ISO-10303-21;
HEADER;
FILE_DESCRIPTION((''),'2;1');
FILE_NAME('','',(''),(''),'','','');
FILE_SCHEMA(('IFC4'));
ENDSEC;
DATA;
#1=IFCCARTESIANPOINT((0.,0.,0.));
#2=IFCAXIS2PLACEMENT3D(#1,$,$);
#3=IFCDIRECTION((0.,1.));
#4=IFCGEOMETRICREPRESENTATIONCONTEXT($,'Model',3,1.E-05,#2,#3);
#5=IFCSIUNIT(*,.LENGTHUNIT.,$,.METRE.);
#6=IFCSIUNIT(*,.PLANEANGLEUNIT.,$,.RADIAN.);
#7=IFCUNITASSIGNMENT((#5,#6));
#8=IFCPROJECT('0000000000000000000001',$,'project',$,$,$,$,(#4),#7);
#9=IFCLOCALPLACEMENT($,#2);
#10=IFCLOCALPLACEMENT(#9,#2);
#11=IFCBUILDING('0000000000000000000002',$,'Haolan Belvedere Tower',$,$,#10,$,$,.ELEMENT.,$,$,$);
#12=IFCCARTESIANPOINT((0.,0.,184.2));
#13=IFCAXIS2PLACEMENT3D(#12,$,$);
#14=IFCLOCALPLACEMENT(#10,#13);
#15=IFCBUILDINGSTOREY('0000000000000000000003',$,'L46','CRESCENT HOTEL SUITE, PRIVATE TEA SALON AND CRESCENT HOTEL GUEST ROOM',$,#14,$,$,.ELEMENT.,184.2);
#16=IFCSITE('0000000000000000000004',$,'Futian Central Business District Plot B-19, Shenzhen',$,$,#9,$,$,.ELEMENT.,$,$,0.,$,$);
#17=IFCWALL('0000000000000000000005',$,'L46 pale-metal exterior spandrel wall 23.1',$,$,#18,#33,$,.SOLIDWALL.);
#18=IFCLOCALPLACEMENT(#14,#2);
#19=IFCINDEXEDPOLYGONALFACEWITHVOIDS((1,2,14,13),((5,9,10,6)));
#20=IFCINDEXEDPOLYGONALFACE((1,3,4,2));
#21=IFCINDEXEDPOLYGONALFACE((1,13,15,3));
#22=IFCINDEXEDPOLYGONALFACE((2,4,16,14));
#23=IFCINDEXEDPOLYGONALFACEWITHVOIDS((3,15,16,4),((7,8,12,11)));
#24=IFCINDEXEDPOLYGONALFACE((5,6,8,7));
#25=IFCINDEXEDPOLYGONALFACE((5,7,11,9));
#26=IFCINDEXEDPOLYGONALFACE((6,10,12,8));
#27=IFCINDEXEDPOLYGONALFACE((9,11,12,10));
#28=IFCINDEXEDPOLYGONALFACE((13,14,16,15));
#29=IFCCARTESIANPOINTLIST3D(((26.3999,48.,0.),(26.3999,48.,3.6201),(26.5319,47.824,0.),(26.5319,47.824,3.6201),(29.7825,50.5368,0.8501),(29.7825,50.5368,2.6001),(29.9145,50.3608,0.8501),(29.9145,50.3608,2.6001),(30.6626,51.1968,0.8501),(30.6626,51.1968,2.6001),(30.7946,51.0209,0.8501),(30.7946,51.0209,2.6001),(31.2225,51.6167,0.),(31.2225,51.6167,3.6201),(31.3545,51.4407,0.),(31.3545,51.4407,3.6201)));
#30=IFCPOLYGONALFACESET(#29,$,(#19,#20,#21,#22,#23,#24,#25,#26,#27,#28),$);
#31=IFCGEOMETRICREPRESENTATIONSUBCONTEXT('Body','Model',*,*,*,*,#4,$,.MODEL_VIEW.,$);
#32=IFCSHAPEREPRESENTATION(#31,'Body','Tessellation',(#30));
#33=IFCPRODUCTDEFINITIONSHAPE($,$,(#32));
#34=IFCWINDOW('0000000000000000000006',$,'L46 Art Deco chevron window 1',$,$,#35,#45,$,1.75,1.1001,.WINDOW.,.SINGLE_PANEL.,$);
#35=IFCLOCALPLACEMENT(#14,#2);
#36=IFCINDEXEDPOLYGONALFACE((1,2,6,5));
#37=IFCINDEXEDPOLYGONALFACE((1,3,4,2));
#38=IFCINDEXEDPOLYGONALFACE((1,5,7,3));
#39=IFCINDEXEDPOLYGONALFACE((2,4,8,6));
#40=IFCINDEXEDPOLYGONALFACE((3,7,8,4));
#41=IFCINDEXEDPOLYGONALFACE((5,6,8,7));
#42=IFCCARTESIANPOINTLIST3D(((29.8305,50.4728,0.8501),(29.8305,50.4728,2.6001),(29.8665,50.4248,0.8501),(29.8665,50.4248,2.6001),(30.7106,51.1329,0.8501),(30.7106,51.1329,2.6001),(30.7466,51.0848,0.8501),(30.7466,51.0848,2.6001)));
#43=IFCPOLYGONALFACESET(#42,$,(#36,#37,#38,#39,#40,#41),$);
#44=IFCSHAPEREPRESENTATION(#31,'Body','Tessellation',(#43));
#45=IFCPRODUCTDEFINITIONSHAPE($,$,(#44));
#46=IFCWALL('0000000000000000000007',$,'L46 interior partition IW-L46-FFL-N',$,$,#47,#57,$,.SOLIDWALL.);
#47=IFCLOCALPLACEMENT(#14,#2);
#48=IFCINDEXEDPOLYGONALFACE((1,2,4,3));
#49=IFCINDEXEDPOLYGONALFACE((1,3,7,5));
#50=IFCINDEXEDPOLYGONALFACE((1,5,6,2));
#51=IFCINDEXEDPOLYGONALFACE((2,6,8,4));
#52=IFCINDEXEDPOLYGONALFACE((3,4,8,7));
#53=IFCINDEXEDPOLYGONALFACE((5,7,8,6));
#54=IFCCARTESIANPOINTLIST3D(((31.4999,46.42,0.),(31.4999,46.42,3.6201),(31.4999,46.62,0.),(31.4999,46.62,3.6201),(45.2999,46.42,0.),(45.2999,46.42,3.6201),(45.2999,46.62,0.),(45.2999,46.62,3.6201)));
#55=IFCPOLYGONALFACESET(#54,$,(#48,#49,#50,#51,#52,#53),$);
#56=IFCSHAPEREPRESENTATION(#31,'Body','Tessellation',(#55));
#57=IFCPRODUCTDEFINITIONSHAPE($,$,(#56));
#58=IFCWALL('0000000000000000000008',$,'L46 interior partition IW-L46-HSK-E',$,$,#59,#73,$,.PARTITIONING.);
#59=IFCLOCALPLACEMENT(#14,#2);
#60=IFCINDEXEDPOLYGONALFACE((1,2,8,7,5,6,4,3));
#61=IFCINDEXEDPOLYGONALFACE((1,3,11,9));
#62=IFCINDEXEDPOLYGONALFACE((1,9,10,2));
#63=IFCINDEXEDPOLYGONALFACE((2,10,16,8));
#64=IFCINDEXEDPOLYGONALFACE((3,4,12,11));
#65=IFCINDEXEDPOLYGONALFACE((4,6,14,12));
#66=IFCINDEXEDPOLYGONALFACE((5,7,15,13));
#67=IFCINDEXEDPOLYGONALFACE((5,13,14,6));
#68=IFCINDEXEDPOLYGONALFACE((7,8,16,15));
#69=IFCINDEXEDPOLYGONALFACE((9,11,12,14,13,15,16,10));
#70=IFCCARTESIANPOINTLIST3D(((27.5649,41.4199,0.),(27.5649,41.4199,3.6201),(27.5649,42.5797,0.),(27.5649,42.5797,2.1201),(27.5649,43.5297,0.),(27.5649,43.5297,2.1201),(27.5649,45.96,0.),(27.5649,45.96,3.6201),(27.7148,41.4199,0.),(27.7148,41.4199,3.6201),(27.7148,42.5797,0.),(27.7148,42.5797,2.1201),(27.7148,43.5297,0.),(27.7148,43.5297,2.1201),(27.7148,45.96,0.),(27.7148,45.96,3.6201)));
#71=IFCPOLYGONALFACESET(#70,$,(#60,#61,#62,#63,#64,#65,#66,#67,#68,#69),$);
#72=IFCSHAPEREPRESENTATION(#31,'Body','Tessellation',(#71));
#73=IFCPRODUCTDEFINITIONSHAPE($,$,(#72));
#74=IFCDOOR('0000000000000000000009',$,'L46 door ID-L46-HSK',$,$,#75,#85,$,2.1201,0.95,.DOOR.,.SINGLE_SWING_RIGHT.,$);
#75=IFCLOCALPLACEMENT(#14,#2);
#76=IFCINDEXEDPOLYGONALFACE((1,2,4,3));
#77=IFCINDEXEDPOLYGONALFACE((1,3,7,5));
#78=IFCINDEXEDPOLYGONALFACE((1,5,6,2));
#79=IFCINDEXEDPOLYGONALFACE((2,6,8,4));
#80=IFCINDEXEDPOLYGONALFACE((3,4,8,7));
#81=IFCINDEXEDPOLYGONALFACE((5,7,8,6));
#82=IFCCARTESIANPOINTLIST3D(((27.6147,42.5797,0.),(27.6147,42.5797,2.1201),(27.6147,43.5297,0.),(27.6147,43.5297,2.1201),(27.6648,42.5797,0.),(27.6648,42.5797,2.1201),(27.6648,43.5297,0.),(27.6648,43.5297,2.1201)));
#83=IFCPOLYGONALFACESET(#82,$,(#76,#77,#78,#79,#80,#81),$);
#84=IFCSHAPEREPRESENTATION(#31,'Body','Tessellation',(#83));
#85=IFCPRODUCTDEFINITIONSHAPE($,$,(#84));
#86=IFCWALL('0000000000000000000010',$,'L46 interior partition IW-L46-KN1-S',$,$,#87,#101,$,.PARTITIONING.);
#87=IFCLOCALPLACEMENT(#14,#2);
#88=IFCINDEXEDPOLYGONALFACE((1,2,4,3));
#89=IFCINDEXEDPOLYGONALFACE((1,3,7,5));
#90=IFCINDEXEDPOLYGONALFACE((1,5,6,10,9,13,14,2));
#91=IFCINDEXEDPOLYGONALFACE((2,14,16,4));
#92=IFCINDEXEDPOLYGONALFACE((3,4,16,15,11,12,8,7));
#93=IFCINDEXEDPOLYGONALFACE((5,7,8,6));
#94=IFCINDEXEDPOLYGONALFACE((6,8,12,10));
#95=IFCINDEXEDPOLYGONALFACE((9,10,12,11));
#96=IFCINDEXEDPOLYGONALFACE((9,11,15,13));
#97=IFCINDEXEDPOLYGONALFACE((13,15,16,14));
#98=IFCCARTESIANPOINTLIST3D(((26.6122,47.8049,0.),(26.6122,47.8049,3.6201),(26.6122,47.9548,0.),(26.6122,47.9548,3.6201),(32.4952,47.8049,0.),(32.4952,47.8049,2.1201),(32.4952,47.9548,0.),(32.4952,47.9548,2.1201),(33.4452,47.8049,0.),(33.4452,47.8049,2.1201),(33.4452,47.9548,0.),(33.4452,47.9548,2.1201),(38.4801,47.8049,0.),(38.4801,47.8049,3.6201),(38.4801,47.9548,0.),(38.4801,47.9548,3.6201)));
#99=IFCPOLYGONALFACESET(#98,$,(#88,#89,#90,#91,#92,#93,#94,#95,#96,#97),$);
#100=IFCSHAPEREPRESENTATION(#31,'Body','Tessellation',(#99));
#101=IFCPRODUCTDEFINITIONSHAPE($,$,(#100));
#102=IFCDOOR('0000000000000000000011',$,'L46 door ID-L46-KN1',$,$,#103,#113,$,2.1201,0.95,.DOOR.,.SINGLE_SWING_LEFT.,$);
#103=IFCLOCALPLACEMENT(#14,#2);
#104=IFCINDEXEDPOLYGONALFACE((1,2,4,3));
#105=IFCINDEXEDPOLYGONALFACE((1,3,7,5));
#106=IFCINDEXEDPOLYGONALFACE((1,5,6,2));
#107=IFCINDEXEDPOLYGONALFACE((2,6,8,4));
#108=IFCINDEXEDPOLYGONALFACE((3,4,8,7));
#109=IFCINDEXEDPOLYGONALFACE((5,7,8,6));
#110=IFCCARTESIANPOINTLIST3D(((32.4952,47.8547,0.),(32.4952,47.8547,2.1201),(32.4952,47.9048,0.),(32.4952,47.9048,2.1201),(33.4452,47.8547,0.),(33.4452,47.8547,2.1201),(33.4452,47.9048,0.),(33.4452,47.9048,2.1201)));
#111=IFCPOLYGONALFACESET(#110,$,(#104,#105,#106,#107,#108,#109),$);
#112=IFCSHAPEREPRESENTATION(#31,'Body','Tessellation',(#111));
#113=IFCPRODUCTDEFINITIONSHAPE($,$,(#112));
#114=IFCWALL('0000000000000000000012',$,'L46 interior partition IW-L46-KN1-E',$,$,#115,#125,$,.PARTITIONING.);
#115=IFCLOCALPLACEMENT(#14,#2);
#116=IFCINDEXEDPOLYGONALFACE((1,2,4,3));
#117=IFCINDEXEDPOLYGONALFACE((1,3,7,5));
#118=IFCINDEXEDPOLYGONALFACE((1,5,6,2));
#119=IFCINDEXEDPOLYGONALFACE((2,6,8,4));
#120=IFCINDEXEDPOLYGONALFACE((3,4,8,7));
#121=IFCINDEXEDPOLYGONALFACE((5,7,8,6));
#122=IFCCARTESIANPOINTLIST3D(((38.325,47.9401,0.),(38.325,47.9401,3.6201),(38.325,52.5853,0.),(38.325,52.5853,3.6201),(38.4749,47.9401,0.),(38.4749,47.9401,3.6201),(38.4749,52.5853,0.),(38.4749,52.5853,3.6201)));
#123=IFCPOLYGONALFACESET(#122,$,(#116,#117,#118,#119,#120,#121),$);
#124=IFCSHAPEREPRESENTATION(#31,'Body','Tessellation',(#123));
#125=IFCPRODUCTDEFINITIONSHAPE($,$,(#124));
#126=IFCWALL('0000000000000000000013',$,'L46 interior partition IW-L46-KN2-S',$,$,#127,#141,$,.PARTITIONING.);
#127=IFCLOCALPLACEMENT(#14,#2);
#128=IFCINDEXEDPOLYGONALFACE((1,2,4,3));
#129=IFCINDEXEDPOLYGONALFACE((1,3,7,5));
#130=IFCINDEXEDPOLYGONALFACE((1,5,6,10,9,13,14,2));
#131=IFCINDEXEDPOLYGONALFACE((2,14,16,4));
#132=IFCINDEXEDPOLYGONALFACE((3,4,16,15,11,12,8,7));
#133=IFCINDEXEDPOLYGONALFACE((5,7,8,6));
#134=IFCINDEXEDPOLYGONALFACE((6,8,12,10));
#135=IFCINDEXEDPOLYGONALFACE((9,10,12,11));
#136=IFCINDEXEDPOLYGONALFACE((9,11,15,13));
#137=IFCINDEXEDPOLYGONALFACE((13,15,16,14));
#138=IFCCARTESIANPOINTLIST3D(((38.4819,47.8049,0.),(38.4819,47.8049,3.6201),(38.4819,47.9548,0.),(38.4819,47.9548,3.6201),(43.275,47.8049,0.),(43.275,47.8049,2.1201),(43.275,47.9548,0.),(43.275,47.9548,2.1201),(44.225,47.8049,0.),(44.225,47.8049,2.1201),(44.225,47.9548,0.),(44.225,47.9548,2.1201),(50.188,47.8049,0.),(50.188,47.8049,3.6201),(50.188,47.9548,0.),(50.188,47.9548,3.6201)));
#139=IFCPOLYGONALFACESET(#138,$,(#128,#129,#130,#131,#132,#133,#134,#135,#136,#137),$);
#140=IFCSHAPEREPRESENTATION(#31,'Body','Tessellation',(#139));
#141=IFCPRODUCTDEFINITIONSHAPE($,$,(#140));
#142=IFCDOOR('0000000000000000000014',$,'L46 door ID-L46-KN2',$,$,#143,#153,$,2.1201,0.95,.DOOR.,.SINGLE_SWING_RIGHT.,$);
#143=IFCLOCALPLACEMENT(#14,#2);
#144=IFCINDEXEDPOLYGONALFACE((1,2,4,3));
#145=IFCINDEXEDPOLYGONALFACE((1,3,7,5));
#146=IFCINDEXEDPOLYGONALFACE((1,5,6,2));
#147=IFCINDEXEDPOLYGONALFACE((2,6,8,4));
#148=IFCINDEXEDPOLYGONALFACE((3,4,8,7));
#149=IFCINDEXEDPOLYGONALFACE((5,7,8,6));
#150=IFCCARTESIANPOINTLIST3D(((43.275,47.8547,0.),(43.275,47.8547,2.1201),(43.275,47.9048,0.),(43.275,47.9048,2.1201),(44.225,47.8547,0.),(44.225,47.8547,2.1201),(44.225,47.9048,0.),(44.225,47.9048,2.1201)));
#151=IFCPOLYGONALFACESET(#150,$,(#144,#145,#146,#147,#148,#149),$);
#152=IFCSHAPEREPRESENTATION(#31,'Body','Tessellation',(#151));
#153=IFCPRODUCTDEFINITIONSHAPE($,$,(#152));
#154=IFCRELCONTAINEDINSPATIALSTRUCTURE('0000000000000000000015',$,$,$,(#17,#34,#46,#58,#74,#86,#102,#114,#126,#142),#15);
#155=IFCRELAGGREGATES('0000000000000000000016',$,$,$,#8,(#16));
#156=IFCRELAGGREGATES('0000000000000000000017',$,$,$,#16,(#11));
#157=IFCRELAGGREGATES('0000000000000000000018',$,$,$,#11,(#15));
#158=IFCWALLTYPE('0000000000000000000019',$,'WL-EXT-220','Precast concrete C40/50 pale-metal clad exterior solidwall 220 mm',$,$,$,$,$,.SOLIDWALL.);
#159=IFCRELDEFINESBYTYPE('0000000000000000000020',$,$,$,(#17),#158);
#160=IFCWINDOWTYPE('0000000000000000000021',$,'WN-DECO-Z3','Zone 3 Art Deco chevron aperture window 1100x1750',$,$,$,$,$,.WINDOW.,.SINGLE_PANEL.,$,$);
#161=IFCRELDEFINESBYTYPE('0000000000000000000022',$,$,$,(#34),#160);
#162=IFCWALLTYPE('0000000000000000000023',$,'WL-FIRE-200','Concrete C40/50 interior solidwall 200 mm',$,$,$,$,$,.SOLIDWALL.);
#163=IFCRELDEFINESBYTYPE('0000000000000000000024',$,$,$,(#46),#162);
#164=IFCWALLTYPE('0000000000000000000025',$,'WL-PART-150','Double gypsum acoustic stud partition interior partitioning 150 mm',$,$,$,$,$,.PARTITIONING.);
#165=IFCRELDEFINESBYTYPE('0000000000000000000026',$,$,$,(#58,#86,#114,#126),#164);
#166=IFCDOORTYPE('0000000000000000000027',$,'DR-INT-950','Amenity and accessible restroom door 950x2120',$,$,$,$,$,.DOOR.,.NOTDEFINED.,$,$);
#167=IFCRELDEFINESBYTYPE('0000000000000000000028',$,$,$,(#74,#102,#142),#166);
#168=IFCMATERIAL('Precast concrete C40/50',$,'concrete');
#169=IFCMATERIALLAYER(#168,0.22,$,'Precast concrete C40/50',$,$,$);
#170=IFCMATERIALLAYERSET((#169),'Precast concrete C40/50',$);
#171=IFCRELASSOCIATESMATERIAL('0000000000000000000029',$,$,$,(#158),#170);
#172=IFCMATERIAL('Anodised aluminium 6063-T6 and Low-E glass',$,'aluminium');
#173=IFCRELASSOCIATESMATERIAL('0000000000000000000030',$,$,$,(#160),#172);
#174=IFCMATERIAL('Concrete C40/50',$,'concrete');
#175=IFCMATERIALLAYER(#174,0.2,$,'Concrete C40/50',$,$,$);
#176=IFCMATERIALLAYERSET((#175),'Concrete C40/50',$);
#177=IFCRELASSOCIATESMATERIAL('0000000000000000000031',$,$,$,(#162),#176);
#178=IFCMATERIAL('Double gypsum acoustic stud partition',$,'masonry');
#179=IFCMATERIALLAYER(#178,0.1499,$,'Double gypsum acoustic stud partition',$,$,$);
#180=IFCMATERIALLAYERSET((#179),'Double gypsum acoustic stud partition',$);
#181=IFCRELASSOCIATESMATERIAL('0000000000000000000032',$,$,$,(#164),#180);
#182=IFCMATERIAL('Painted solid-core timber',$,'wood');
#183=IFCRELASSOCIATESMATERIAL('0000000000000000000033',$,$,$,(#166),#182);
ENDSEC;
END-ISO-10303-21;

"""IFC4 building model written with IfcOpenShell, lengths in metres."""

from ifc_helpers import new_model, si_unit, direction, frame, frame_2d, origin, place, context, subcontext, project, spatial, rectangle, extrude, material, layer, layer_set, type_object, element, fill, save


model = new_model("IFC4")

# Units and contexts
model_context = context("Model", 3, precision=1e-05, world=origin(), true_north=direction((0.0, 1.0)))
body_context = subcontext(model_context, "Body", "Model", "MODEL_VIEW")
ifc_project = project(units=[si_unit("LENGTHUNIT", "METRE"), si_unit("PLANEANGLEUNIT", "RADIAN")], contexts=[model_context])

# Site, building, storey
site_placement = place(None, origin())
site = spatial("IfcSite", under=ifc_project, at=site_placement, Name="Futian Central Business District Plot B-19, Shenzhen", CompositionType="ELEMENT", RefElevation=0.0)
building_placement = place(site_placement, origin())
building = spatial("IfcBuilding", under=site, at=building_placement, Name="Haolan Belvedere Tower", CompositionType="ELEMENT")
storey_placement = place(building_placement, frame((0.0, 0.0, 184.2)))
storey = spatial("IfcBuildingStorey", under=building, at=storey_placement, Name="L46", Description="CRESCENT HOTEL SUITE, PRIVATE TEA SALON AND CRESCENT HOTEL GUEST ROOM", CompositionType="ELEMENT", Elevation=184.2)

# Wall, opening, window
ifc_material_1 = material(Name="Precast concrete C40/50", Category="concrete")
ifc_layer_1 = layer(ifc_material_1, 0.22, Name="Precast concrete C40/50")
ifc_layer_set_1 = layer_set([ifc_layer_1], Name="Precast concrete C40/50")
wall_type_1 = type_object("IfcWallType", Name="WL-EXT-220", Description="Precast concrete C40/50 pale-metal clad exterior solidwall 220 mm", PredefinedType="SOLIDWALL", material=ifc_layer_set_1)
wall_1_placement = place(storey_placement, frame((31.2886, 51.5288, 0.0), z_axis=(0.0, 0.0, 1.0), x_axis=(-0.800015, -0.599981, 0.0)))
wall_1 = element("IfcWall", 1, at=wall_1_placement, inside=storey, type_object=wall_type_1, Name="L46 pale-metal exterior spandrel wall 23.1", PredefinedType="SOLIDWALL", context=body_context, shape_type="SweptSolid", body=[
    extrude(rectangle(XDim=6.0281, YDim=0.22, at=frame_2d((3.0142, 0.0))), origin(), (0.0, 0.0, 1.0), 3.6201),
])
opening_1_placement = place(wall_1_placement, frame((0.7, 0.0, 0.8501)))
opening_1 = element("IfcOpeningElement", 2, at=opening_1_placement, cuts=wall_1, PredefinedType="OPENING", context=body_context, shape_type="SweptSolid", body=[
    extrude(rectangle(XDim=1.1001, YDim=1.75, at=frame_2d((0.55, 0.875))), frame((0.0, 0.1199, 0.0), z_axis=(0.0, -1.0, 0.0), x_axis=(1.0, 0.0, 0.0)), (0.0, 0.0, 1.0), 0.24),
])
ifc_material_2 = material(Name="Anodised aluminium 6063-T6 and Low-E glass", Category="aluminium")
window_type = type_object("IfcWindowType", Name="WN-DECO-Z3", Description="Zone 3 Art Deco chevron aperture window 1100x1750", PartitioningType="SINGLE_PANEL", PredefinedType="WINDOW", material=ifc_material_2)
window_placement = place(opening_1_placement, origin())
window = element("IfcWindow", 3, at=window_placement, inside=storey, type_object=window_type, Name="L46 Art Deco chevron window 1", OverallHeight=1.75, OverallWidth=1.1001, PartitioningType="SINGLE_PANEL", PredefinedType="WINDOW", context=body_context, shape_type="SweptSolid", body=[
    extrude(rectangle(XDim=1.1001, YDim=1.75, at=frame_2d((0.55, 0.875))), frame((0.0, 0.03, 0.0), z_axis=(0.0, -1.0, 0.0), x_axis=(1.0, 0.0, 0.0)), (0.0, 0.0, 1.0), 0.0601),
])
fill(opening_1, window)

# Wall
ifc_material_3 = material(Name="Concrete C40/50", Category="concrete")
ifc_layer_2 = layer(ifc_material_3, 0.2, Name="Concrete C40/50")
ifc_layer_set_2 = layer_set([ifc_layer_2], Name="Concrete C40/50")
wall_type_2 = type_object("IfcWallType", Name="WL-FIRE-200", Description="Concrete C40/50 interior solidwall 200 mm", PredefinedType="SOLIDWALL", material=ifc_layer_set_2)
wall_2_placement = place(storey_placement, frame((31.5, 46.52, 0.0), z_axis=(0.0, 0.0, 1.0), x_axis=(1.0, 0.0, 0.0)))
element("IfcWall", 4, at=wall_2_placement, inside=storey, type_object=wall_type_2, Name="L46 interior partition IW-L46-FFL-N", PredefinedType="SOLIDWALL", context=body_context, shape_type="SweptSolid", body=[
    extrude(rectangle(XDim=13.8, YDim=0.2, at=frame_2d((6.8999, 0.0))), origin(), (0.0, 0.0, 1.0), 3.6201),
])

# Walls, openings, doors
ifc_material_4 = material(Name="Double gypsum acoustic stud partition", Category="masonry")
ifc_layer_3 = layer(ifc_material_4, 0.1499, Name="Double gypsum acoustic stud partition")
ifc_layer_set_3 = layer_set([ifc_layer_3], Name="Double gypsum acoustic stud partition")
wall_type_3 = type_object("IfcWallType", Name="WL-PART-150", Description="Double gypsum acoustic stud partition interior partitioning 150 mm", PredefinedType="PARTITIONING", material=ifc_layer_set_3)
wall_3_placement = place(storey_placement, frame((27.6399, 41.4199, 0.0), z_axis=(0.0, 0.0, 1.0), x_axis=(0.0, 1.0, 0.0)))
wall_3 = element("IfcWall", 5, at=wall_3_placement, inside=storey, type_object=wall_type_3, Name="L46 interior partition IW-L46-HSK-E", PredefinedType="PARTITIONING", context=body_context, shape_type="SweptSolid", body=[
    extrude(rectangle(XDim=4.54, YDim=0.1499, at=frame_2d((2.27, 0.0))), origin(), (0.0, 0.0, 1.0), 3.6201),
])
opening_2_placement = place(wall_3_placement, frame((2.1099, 0.0, 0.0), z_axis=(0.0, 0.0, 1.0), x_axis=(-1.0, 0.0, 0.0)))
opening_2 = element("IfcOpeningElement", 6, at=opening_2_placement, cuts=wall_3, PredefinedType="OPENING", context=body_context, shape_type="SweptSolid", body=[
    extrude(rectangle(XDim=0.95, YDim=2.1201, at=frame_2d((0.4751, 1.0601))), frame((0.0, 0.085, 0.0), z_axis=(0.0, -1.0, 0.0), x_axis=(1.0, 0.0, 0.0)), (0.0, 0.0, 1.0), 0.1699),
])
ifc_material_5 = material(Name="Painted solid-core timber", Category="wood")
door_type_1 = type_object("IfcDoorType", Name="DR-INT-950", Description="Amenity and accessible restroom door 950x2120", OperationType="NOTDEFINED", PredefinedType="DOOR", material=ifc_material_5)
door_1_placement = place(opening_2_placement, origin())
door_1 = element("IfcDoor", 7, at=door_1_placement, inside=storey, type_object=door_type_1, Name="L46 door ID-L46-HSK", OperationType="SINGLE_SWING_RIGHT", OverallHeight=2.1201, OverallWidth=0.95, PredefinedType="DOOR", context=body_context, shape_type="SweptSolid", body=[
    extrude(rectangle(XDim=0.95, YDim=2.1201, at=frame_2d((0.4751, 1.0601))), frame((0.0, 0.0249, 0.0), z_axis=(0.0, -1.0, 0.0), x_axis=(1.0, 0.0, 0.0)), (0.0, 0.0, 1.0), 0.05),
])
fill(opening_2, door_1)
wall_4_placement = place(storey_placement, frame((26.6121, 47.8799, 0.0), z_axis=(0.0, 0.0, 1.0), x_axis=(1.0, 0.0, 0.0)))
wall_4 = element("IfcWall", 8, at=wall_4_placement, inside=storey, type_object=wall_type_3, Name="L46 interior partition IW-L46-KN1-S", PredefinedType="PARTITIONING", context=body_context, shape_type="SweptSolid", body=[
    extrude(rectangle(XDim=11.8679, YDim=0.1499, at=frame_2d((5.9341, 0.0))), origin(), (0.0, 0.0, 1.0), 3.6201),
])
opening_3_placement = place(wall_4_placement, frame((5.8831, 0.0, 0.0)))
opening_3 = element("IfcOpeningElement", 9, at=opening_3_placement, cuts=wall_4, PredefinedType="OPENING", context=body_context, shape_type="SweptSolid", body=[
    extrude(rectangle(XDim=0.95, YDim=2.1201, at=frame_2d((0.4751, 1.0601))), frame((0.0, 0.085, 0.0), z_axis=(0.0, -1.0, 0.0), x_axis=(1.0, 0.0, 0.0)), (0.0, 0.0, 1.0), 0.1699),
])
door_2_placement = place(opening_3_placement, origin())
door_2 = element("IfcDoor", 10, at=door_2_placement, inside=storey, type_object=door_type_1, Name="L46 door ID-L46-KN1", OperationType="SINGLE_SWING_LEFT", OverallHeight=2.1201, OverallWidth=0.95, PredefinedType="DOOR", context=body_context, shape_type="SweptSolid", body=[
    extrude(rectangle(XDim=0.95, YDim=2.1201, at=frame_2d((0.4751, 1.0601))), frame((0.0, 0.0249, 0.0), z_axis=(0.0, -1.0, 0.0), x_axis=(1.0, 0.0, 0.0)), (0.0, 0.0, 1.0), 0.05),
])
fill(opening_3, door_2)

# Wall
wall_5_placement = place(storey_placement, frame((38.3999, 47.9399, 0.0), z_axis=(0.0, 0.0, 1.0), x_axis=(0.0, 1.0, 0.0)))
element("IfcWall", 11, at=wall_5_placement, inside=storey, type_object=wall_type_3, Name="L46 interior partition IW-L46-KN1-E", PredefinedType="PARTITIONING", context=body_context, shape_type="SweptSolid", body=[
    extrude(rectangle(XDim=4.6453, YDim=0.1499, at=frame_2d((2.3228, 0.0))), origin(), (0.0, 0.0, 1.0), 3.6201),
])

# Wall, opening, door
wall_6_placement = place(storey_placement, frame((38.4819, 47.8799, 0.0), z_axis=(0.0, 0.0, 1.0), x_axis=(1.0, 0.0, 0.0)))
wall_6 = element("IfcWall", 12, at=wall_6_placement, inside=storey, type_object=wall_type_3, Name="L46 interior partition IW-L46-KN2-S", PredefinedType="PARTITIONING", context=body_context, shape_type="SweptSolid", body=[
    extrude(rectangle(XDim=11.7061, YDim=0.1499, at=frame_2d((5.853, 0.0))), origin(), (0.0, 0.0, 1.0), 3.6201),
])
opening_4_placement = place(wall_6_placement, frame((4.793, 0.0, 0.0)))
opening_4 = element("IfcOpeningElement", 13, at=opening_4_placement, cuts=wall_6, PredefinedType="OPENING", context=body_context, shape_type="SweptSolid", body=[
    extrude(rectangle(XDim=0.95, YDim=2.1201, at=frame_2d((0.4751, 1.0601))), frame((0.0, 0.085, 0.0), z_axis=(0.0, -1.0, 0.0), x_axis=(1.0, 0.0, 0.0)), (0.0, 0.0, 1.0), 0.1699),
])
door_3_placement = place(opening_4_placement, origin())
door_3 = element("IfcDoor", 14, at=door_3_placement, inside=storey, type_object=door_type_1, Name="L46 door ID-L46-KN2", OperationType="SINGLE_SWING_RIGHT", OverallHeight=2.1201, OverallWidth=0.95, PredefinedType="DOOR", context=body_context, shape_type="SweptSolid", body=[
    extrude(rectangle(XDim=0.95, YDim=2.1201, at=frame_2d((0.4751, 1.0601))), frame((0.0, 0.0249, 0.0), z_axis=(0.0, -1.0, 0.0), x_axis=(1.0, 0.0, 0.0)), (0.0, 0.0, 1.0), 0.05),
])
fill(opening_4, door_3)

save(model, "model.ifc")
